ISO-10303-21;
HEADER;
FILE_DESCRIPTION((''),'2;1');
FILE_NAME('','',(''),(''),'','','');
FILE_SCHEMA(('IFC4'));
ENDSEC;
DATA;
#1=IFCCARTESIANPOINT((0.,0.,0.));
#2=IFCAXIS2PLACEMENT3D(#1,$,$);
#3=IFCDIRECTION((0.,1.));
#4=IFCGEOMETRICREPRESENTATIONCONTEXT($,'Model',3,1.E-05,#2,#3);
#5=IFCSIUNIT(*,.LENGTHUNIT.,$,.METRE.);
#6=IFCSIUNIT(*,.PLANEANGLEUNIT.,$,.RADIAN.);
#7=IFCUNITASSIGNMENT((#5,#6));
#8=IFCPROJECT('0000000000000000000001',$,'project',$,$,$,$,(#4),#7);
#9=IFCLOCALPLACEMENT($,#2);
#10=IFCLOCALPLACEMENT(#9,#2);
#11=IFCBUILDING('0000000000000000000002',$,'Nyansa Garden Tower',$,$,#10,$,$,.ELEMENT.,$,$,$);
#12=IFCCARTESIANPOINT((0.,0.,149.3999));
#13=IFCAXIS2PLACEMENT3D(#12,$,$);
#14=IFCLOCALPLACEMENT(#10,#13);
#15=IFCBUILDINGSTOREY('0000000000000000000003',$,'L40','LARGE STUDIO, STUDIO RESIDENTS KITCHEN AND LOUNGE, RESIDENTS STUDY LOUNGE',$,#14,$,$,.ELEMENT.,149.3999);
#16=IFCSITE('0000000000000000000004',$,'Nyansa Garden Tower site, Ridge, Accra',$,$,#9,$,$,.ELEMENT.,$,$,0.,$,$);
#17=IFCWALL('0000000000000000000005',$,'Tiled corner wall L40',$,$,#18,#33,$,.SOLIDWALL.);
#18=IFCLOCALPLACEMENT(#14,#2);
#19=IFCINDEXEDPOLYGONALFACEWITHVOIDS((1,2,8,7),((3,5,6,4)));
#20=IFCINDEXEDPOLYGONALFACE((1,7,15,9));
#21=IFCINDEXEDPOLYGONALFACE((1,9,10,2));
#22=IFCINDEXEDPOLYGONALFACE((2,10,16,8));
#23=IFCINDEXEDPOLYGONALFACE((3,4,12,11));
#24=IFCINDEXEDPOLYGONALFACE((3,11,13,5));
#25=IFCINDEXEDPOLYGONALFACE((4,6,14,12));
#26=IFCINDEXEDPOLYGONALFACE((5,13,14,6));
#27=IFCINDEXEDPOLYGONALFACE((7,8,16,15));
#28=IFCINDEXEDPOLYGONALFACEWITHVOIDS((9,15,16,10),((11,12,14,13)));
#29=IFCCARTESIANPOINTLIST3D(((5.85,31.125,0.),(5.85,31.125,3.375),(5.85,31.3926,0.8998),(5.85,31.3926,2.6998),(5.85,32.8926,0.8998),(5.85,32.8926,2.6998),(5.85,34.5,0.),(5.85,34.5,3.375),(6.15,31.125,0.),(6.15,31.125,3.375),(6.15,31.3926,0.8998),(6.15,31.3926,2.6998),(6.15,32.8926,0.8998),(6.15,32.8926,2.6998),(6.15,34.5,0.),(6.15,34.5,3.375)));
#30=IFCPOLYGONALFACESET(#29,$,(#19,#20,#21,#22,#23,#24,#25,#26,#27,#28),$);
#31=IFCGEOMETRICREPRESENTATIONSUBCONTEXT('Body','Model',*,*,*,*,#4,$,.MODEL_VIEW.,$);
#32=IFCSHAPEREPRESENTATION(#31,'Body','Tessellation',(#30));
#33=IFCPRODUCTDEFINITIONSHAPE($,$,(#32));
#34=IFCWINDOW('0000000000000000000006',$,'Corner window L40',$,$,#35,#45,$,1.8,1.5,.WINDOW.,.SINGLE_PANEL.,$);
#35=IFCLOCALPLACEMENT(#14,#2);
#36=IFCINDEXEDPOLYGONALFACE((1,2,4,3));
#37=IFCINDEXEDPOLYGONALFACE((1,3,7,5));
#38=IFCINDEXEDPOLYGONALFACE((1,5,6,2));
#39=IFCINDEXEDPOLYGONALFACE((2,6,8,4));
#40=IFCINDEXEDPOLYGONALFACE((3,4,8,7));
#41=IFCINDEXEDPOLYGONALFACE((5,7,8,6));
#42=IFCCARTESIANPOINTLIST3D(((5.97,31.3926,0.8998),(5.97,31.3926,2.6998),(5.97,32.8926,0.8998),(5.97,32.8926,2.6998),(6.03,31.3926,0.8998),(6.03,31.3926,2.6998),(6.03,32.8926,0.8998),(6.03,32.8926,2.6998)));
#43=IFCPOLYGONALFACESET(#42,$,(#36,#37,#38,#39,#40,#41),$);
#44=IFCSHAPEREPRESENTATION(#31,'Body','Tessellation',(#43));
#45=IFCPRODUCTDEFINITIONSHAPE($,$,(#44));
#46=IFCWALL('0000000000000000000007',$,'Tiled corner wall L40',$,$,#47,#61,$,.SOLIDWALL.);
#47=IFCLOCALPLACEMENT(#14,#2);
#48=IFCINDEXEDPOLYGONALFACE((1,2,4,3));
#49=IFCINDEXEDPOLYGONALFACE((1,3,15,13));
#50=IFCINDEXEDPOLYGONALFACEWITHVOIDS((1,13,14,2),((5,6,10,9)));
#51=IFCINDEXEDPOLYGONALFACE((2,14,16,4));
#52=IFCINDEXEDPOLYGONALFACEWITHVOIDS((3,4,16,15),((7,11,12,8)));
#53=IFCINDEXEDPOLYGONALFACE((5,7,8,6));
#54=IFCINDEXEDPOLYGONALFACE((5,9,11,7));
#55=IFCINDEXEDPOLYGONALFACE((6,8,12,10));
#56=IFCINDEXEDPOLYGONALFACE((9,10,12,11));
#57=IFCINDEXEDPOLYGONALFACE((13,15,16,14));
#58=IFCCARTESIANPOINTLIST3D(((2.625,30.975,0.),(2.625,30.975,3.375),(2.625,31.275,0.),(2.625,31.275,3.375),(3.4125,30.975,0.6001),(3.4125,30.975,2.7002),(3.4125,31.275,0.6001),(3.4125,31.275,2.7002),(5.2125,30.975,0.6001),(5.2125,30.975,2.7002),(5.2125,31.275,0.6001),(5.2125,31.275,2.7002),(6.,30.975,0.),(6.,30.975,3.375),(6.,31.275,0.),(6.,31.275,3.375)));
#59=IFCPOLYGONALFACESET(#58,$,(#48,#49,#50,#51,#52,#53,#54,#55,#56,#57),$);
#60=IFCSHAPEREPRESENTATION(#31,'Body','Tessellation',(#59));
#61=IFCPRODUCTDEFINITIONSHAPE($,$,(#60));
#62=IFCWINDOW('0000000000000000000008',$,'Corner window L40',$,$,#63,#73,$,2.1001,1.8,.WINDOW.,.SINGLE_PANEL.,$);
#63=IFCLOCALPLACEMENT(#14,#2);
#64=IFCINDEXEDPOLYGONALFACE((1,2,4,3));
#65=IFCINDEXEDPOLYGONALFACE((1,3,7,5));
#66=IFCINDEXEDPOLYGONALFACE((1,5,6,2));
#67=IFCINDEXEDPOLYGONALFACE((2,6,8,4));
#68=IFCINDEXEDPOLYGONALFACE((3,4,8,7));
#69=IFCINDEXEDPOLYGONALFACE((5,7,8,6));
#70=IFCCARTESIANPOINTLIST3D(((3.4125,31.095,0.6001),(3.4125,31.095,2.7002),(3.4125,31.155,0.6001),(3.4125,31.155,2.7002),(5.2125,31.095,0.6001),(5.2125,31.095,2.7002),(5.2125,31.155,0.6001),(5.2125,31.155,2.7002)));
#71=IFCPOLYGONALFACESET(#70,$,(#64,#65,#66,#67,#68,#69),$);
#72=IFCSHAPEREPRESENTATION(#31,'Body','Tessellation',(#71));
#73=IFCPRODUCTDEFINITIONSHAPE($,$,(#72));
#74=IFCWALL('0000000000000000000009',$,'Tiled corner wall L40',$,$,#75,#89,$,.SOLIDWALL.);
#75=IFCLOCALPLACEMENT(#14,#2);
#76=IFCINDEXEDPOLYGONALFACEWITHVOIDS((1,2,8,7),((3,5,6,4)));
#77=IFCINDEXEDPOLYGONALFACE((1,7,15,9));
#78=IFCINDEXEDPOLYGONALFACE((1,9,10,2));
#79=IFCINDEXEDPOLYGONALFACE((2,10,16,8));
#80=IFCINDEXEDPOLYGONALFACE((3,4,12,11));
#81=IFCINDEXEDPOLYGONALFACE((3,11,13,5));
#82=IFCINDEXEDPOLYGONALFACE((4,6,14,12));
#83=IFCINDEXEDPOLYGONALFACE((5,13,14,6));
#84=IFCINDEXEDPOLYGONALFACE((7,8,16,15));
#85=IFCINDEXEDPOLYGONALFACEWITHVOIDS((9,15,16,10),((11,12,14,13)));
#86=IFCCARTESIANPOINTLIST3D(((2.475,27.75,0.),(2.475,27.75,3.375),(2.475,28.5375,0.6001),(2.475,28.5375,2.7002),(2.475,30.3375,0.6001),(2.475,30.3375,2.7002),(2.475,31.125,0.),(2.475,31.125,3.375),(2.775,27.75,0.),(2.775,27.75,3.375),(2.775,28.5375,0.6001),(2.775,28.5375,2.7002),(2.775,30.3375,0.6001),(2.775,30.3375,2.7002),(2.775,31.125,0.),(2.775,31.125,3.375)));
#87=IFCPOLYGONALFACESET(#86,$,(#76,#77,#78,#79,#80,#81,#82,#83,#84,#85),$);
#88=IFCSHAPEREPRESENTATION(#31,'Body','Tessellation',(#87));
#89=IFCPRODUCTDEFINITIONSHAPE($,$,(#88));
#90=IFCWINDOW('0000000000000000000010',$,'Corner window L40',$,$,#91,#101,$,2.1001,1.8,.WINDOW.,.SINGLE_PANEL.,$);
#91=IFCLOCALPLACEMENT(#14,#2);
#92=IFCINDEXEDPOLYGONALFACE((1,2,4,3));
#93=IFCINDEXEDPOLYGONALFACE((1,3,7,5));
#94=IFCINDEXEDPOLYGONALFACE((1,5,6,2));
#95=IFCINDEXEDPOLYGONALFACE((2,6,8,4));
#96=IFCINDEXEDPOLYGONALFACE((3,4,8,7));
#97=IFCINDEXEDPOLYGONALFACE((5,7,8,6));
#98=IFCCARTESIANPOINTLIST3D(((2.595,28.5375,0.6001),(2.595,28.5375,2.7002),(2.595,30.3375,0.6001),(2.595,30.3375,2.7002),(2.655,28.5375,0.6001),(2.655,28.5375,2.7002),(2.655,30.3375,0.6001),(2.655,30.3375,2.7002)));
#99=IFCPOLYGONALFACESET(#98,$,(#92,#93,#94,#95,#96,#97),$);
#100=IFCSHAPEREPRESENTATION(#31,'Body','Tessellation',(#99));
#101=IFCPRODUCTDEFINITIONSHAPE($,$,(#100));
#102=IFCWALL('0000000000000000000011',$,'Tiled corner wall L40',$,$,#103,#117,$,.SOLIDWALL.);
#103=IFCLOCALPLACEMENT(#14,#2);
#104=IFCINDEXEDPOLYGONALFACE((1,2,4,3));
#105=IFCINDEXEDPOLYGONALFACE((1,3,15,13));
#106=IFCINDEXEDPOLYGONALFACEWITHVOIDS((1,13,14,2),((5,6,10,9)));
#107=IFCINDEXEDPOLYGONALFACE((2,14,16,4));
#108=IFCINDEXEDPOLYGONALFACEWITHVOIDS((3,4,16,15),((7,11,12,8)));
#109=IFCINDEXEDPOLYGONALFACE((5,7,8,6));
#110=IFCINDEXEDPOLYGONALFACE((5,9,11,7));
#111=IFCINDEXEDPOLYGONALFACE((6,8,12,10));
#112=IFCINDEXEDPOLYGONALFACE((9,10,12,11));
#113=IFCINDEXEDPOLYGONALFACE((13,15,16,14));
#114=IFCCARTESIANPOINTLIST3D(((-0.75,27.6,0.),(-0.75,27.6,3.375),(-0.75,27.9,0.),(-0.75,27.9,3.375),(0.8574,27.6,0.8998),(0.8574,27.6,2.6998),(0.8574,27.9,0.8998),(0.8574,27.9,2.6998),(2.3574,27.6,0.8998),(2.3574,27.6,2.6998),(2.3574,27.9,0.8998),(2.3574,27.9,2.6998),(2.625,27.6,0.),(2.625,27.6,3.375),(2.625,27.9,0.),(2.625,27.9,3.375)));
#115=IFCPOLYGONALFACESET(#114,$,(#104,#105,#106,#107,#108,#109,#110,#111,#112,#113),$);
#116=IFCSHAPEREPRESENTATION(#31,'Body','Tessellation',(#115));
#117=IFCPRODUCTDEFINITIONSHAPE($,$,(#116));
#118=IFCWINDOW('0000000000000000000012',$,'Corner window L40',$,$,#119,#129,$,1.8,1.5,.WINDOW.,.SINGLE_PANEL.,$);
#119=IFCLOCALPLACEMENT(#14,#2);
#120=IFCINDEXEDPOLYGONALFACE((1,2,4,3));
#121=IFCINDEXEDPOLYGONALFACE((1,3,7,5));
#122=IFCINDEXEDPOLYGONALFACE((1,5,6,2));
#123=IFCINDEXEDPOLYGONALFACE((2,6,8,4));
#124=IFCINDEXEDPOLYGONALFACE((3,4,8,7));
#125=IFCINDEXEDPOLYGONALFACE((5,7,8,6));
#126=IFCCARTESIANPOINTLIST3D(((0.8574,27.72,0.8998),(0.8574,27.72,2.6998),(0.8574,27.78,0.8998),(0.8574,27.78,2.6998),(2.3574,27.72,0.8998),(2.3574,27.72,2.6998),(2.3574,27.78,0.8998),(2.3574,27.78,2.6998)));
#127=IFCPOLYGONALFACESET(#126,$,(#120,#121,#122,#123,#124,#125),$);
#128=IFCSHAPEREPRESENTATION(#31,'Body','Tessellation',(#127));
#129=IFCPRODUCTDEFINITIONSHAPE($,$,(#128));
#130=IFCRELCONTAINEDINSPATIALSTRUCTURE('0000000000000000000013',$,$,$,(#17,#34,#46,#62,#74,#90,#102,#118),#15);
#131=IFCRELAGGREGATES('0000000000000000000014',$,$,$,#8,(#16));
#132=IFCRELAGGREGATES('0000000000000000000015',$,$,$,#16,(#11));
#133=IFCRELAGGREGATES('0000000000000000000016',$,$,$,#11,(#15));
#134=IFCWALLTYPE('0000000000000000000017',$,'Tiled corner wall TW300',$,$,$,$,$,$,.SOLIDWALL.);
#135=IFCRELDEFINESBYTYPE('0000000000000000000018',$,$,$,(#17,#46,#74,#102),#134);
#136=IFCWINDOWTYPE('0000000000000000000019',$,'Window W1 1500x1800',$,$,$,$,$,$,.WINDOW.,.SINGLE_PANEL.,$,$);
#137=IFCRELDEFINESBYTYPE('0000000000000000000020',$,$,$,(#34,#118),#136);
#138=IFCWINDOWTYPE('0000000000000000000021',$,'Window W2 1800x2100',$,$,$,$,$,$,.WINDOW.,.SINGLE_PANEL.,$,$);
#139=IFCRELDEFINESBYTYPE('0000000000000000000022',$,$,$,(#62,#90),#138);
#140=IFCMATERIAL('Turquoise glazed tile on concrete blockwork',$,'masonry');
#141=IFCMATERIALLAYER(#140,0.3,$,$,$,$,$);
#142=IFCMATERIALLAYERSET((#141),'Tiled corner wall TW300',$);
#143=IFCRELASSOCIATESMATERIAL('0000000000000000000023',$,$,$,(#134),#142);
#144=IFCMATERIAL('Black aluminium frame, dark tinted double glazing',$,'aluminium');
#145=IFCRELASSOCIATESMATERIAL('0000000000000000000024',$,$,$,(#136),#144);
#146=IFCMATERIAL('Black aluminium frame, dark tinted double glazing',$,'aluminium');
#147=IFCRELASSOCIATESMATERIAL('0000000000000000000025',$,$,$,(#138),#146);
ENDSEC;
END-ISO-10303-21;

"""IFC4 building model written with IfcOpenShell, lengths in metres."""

from ifc_helpers import new_model, si_unit, direction, frame, frame_2d, origin, place, context, subcontext, project, spatial, rectangle, extrude, material, layer, layer_set, type_object, element, fill, save


model = new_model("IFC4")

# Units and contexts
model_context = context("Model", 3, precision=1e-05, world=origin(), true_north=direction((0.0, 1.0)))
body_context = subcontext(model_context, "Body", "Model", "MODEL_VIEW")
ifc_project = project(units=[si_unit("LENGTHUNIT", "METRE"), si_unit("PLANEANGLEUNIT", "RADIAN")], contexts=[model_context])

# Site, building, storey
site_placement = place(None, origin())
site = spatial("IfcSite", under=ifc_project, at=site_placement, Name="Nyansa Garden Tower site, Ridge, Accra", CompositionType="ELEMENT", RefElevation=0.0)
building_placement = place(site_placement, origin())
building = spatial("IfcBuilding", under=site, at=building_placement, Name="Nyansa Garden Tower", CompositionType="ELEMENT")
storey_placement = place(building_placement, frame((0.0, 0.0, 149.3999)))
storey = spatial("IfcBuildingStorey", under=building, at=storey_placement, Name="L40", Description="LARGE STUDIO, STUDIO RESIDENTS KITCHEN AND LOUNGE, RESIDENTS STUDY LOUNGE", CompositionType="ELEMENT", Elevation=149.3999)

# Walls, openings, windows
ifc_material_1 = material(Name="Turquoise glazed tile on concrete blockwork", Category="masonry")
ifc_layer_1 = layer(ifc_material_1, 0.3)
ifc_layer_set_1 = layer_set([ifc_layer_1], Name="Tiled corner wall TW300")
wall_type = type_object("IfcWallType", Name="Tiled corner wall TW300", PredefinedType="SOLIDWALL", material=ifc_layer_set_1)
wall_1_placement = place(storey_placement, frame((6.0, 34.5, 0.0), z_axis=(0.0, 0.0, 1.0), x_axis=(0.0, -1.0, 0.0)))
wall_1 = element("IfcWall", 1, at=wall_1_placement, inside=storey, type_object=wall_type, Name="Tiled corner wall L40", PredefinedType="SOLIDWALL", context=body_context, shape_type="SweptSolid", body=[
    extrude(rectangle(XDim=3.375, YDim=0.3, at=frame_2d((1.6875, 0.0))), origin(), (0.0, 0.0, 1.0), 3.375),
])
opening_1_placement = place(wall_1_placement, frame((1.6074, 0.0, 0.8999)))
opening_1 = element("IfcOpeningElement", 2, at=opening_1_placement, cuts=wall_1, PredefinedType="OPENING", context=body_context, shape_type="SweptSolid", body=[
    extrude(rectangle(XDim=1.5, YDim=1.8, at=frame_2d((0.75, 0.8999))), frame((0.0, 0.1599, 0.0), z_axis=(0.0, -1.0, 0.0), x_axis=(1.0, 0.0, 0.0)), (0.0, 0.0, 1.0), 0.3201),
])
ifc_material_2 = material(Name="Black aluminium frame, dark tinted double glazing", Category="aluminium")
window_type_1 = type_object("IfcWindowType", Name="Window W1 1500x1800", PartitioningType="SINGLE_PANEL", PredefinedType="WINDOW", material=ifc_material_2)
window_1_placement = place(opening_1_placement, origin())
window_1 = element("IfcWindow", 3, at=window_1_placement, inside=storey, type_object=window_type_1, Name="Corner window L40", OverallHeight=1.8, OverallWidth=1.5, PartitioningType="SINGLE_PANEL", PredefinedType="WINDOW", context=body_context, shape_type="SweptSolid", body=[
    extrude(rectangle(XDim=1.5, YDim=1.8, at=frame_2d((0.75, 0.8999))), frame((0.0, 0.03, 0.0), z_axis=(0.0, -1.0, 0.0), x_axis=(1.0, 0.0, 0.0)), (0.0, 0.0, 1.0), 0.0601),
])
fill(opening_1, window_1)
wall_2_placement = place(storey_placement, frame((6.0, 31.125, 0.0), z_axis=(0.0, 0.0, 1.0), x_axis=(-1.0, 0.0, 0.0)))
wall_2 = element("IfcWall", 4, at=wall_2_placement, inside=storey, type_object=wall_type, Name="Tiled corner wall L40", PredefinedType="SOLIDWALL", context=body_context, shape_type="SweptSolid", body=[
    extrude(rectangle(XDim=3.375, YDim=0.3, at=frame_2d((1.6875, 0.0))), origin(), (0.0, 0.0, 1.0), 3.375),
])
opening_2_placement = place(wall_2_placement, frame((0.7876, 0.0, 0.6001)))
opening_2 = element("IfcOpeningElement", 5, at=opening_2_placement, cuts=wall_2, PredefinedType="OPENING", context=body_context, shape_type="SweptSolid", body=[
    extrude(rectangle(XDim=1.8, YDim=2.1001, at=frame_2d((0.8999, 1.05))), frame((0.0, 0.1599, 0.0), z_axis=(0.0, -1.0, 0.0), x_axis=(1.0, 0.0, 0.0)), (0.0, 0.0, 1.0), 0.3201),
])
ifc_material_3 = material(Name="Black aluminium frame, dark tinted double glazing", Category="aluminium")
window_type_2 = type_object("IfcWindowType", Name="Window W2 1800x2100", PartitioningType="SINGLE_PANEL", PredefinedType="WINDOW", material=ifc_material_3)
window_2_placement = place(opening_2_placement, origin())
window_2 = element("IfcWindow", 6, at=window_2_placement, inside=storey, type_object=window_type_2, Name="Corner window L40", OverallHeight=2.1001, OverallWidth=1.8, PartitioningType="SINGLE_PANEL", PredefinedType="WINDOW", context=body_context, shape_type="SweptSolid", body=[
    extrude(rectangle(XDim=1.8, YDim=2.1001, at=frame_2d((0.8999, 1.05))), frame((0.0, 0.03, 0.0), z_axis=(0.0, -1.0, 0.0), x_axis=(1.0, 0.0, 0.0)), (0.0, 0.0, 1.0), 0.0601),
])
fill(opening_2, window_2)
wall_3_placement = place(storey_placement, frame((2.625, 31.125, 0.0), z_axis=(0.0, 0.0, 1.0), x_axis=(0.0, -1.0, 0.0)))
wall_3 = element("IfcWall", 7, at=wall_3_placement, inside=storey, type_object=wall_type, Name="Tiled corner wall L40", PredefinedType="SOLIDWALL", context=body_context, shape_type="SweptSolid", body=[
    extrude(rectangle(XDim=3.375, YDim=0.3, at=frame_2d((1.6875, 0.0))), origin(), (0.0, 0.0, 1.0), 3.375),
])
opening_3_placement = place(wall_3_placement, frame((0.7876, 0.0, 0.6001)))
opening_3 = element("IfcOpeningElement", 8, at=opening_3_placement, cuts=wall_3, PredefinedType="OPENING", context=body_context, shape_type="SweptSolid", body=[
    extrude(rectangle(XDim=1.8, YDim=2.1001, at=frame_2d((0.8999, 1.05))), frame((0.0, 0.1599, 0.0), z_axis=(0.0, -1.0, 0.0), x_axis=(1.0, 0.0, 0.0)), (0.0, 0.0, 1.0), 0.3201),
])
window_3_placement = place(opening_3_placement, origin())
window_3 = element("IfcWindow", 9, at=window_3_placement, inside=storey, type_object=window_type_2, Name="Corner window L40", OverallHeight=2.1001, OverallWidth=1.8, PartitioningType="SINGLE_PANEL", PredefinedType="WINDOW", context=body_context, shape_type="SweptSolid", body=[
    extrude(rectangle(XDim=1.8, YDim=2.1001, at=frame_2d((0.8999, 1.05))), frame((0.0, 0.03, 0.0), z_axis=(0.0, -1.0, 0.0), x_axis=(1.0, 0.0, 0.0)), (0.0, 0.0, 1.0), 0.0601),
])
fill(opening_3, window_3)
wall_4_placement = place(storey_placement, frame((2.625, 27.75, 0.0), z_axis=(0.0, 0.0, 1.0), x_axis=(-1.0, 0.0, 0.0)))
wall_4 = element("IfcWall", 10, at=wall_4_placement, inside=storey, type_object=wall_type, Name="Tiled corner wall L40", PredefinedType="SOLIDWALL", context=body_context, shape_type="SweptSolid", body=[
    extrude(rectangle(XDim=3.375, YDim=0.3, at=frame_2d((1.6875, 0.0))), origin(), (0.0, 0.0, 1.0), 3.375),
])
opening_4_placement = place(wall_4_placement, frame((0.2676, 0.0, 0.8999)))
opening_4 = element("IfcOpeningElement", 11, at=opening_4_placement, cuts=wall_4, PredefinedType="OPENING", context=body_context, shape_type="SweptSolid", body=[
    extrude(rectangle(XDim=1.5, YDim=1.8, at=frame_2d((0.75, 0.8999))), frame((0.0, 0.1599, 0.0), z_axis=(0.0, -1.0, 0.0), x_axis=(1.0, 0.0, 0.0)), (0.0, 0.0, 1.0), 0.3201),
])
window_4_placement = place(opening_4_placement, origin())
window_4 = element("IfcWindow", 12, at=window_4_placement, inside=storey, type_object=window_type_1, Name="Corner window L40", OverallHeight=1.8, OverallWidth=1.5, PartitioningType="SINGLE_PANEL", PredefinedType="WINDOW", context=body_context, shape_type="SweptSolid", body=[
    extrude(rectangle(XDim=1.5, YDim=1.8, at=frame_2d((0.75, 0.8999))), frame((0.0, 0.03, 0.0), z_axis=(0.0, -1.0, 0.0), x_axis=(1.0, 0.0, 0.0)), (0.0, 0.0, 1.0), 0.0601),
])
fill(opening_4, window_4)

save(model, "model.ifc")
